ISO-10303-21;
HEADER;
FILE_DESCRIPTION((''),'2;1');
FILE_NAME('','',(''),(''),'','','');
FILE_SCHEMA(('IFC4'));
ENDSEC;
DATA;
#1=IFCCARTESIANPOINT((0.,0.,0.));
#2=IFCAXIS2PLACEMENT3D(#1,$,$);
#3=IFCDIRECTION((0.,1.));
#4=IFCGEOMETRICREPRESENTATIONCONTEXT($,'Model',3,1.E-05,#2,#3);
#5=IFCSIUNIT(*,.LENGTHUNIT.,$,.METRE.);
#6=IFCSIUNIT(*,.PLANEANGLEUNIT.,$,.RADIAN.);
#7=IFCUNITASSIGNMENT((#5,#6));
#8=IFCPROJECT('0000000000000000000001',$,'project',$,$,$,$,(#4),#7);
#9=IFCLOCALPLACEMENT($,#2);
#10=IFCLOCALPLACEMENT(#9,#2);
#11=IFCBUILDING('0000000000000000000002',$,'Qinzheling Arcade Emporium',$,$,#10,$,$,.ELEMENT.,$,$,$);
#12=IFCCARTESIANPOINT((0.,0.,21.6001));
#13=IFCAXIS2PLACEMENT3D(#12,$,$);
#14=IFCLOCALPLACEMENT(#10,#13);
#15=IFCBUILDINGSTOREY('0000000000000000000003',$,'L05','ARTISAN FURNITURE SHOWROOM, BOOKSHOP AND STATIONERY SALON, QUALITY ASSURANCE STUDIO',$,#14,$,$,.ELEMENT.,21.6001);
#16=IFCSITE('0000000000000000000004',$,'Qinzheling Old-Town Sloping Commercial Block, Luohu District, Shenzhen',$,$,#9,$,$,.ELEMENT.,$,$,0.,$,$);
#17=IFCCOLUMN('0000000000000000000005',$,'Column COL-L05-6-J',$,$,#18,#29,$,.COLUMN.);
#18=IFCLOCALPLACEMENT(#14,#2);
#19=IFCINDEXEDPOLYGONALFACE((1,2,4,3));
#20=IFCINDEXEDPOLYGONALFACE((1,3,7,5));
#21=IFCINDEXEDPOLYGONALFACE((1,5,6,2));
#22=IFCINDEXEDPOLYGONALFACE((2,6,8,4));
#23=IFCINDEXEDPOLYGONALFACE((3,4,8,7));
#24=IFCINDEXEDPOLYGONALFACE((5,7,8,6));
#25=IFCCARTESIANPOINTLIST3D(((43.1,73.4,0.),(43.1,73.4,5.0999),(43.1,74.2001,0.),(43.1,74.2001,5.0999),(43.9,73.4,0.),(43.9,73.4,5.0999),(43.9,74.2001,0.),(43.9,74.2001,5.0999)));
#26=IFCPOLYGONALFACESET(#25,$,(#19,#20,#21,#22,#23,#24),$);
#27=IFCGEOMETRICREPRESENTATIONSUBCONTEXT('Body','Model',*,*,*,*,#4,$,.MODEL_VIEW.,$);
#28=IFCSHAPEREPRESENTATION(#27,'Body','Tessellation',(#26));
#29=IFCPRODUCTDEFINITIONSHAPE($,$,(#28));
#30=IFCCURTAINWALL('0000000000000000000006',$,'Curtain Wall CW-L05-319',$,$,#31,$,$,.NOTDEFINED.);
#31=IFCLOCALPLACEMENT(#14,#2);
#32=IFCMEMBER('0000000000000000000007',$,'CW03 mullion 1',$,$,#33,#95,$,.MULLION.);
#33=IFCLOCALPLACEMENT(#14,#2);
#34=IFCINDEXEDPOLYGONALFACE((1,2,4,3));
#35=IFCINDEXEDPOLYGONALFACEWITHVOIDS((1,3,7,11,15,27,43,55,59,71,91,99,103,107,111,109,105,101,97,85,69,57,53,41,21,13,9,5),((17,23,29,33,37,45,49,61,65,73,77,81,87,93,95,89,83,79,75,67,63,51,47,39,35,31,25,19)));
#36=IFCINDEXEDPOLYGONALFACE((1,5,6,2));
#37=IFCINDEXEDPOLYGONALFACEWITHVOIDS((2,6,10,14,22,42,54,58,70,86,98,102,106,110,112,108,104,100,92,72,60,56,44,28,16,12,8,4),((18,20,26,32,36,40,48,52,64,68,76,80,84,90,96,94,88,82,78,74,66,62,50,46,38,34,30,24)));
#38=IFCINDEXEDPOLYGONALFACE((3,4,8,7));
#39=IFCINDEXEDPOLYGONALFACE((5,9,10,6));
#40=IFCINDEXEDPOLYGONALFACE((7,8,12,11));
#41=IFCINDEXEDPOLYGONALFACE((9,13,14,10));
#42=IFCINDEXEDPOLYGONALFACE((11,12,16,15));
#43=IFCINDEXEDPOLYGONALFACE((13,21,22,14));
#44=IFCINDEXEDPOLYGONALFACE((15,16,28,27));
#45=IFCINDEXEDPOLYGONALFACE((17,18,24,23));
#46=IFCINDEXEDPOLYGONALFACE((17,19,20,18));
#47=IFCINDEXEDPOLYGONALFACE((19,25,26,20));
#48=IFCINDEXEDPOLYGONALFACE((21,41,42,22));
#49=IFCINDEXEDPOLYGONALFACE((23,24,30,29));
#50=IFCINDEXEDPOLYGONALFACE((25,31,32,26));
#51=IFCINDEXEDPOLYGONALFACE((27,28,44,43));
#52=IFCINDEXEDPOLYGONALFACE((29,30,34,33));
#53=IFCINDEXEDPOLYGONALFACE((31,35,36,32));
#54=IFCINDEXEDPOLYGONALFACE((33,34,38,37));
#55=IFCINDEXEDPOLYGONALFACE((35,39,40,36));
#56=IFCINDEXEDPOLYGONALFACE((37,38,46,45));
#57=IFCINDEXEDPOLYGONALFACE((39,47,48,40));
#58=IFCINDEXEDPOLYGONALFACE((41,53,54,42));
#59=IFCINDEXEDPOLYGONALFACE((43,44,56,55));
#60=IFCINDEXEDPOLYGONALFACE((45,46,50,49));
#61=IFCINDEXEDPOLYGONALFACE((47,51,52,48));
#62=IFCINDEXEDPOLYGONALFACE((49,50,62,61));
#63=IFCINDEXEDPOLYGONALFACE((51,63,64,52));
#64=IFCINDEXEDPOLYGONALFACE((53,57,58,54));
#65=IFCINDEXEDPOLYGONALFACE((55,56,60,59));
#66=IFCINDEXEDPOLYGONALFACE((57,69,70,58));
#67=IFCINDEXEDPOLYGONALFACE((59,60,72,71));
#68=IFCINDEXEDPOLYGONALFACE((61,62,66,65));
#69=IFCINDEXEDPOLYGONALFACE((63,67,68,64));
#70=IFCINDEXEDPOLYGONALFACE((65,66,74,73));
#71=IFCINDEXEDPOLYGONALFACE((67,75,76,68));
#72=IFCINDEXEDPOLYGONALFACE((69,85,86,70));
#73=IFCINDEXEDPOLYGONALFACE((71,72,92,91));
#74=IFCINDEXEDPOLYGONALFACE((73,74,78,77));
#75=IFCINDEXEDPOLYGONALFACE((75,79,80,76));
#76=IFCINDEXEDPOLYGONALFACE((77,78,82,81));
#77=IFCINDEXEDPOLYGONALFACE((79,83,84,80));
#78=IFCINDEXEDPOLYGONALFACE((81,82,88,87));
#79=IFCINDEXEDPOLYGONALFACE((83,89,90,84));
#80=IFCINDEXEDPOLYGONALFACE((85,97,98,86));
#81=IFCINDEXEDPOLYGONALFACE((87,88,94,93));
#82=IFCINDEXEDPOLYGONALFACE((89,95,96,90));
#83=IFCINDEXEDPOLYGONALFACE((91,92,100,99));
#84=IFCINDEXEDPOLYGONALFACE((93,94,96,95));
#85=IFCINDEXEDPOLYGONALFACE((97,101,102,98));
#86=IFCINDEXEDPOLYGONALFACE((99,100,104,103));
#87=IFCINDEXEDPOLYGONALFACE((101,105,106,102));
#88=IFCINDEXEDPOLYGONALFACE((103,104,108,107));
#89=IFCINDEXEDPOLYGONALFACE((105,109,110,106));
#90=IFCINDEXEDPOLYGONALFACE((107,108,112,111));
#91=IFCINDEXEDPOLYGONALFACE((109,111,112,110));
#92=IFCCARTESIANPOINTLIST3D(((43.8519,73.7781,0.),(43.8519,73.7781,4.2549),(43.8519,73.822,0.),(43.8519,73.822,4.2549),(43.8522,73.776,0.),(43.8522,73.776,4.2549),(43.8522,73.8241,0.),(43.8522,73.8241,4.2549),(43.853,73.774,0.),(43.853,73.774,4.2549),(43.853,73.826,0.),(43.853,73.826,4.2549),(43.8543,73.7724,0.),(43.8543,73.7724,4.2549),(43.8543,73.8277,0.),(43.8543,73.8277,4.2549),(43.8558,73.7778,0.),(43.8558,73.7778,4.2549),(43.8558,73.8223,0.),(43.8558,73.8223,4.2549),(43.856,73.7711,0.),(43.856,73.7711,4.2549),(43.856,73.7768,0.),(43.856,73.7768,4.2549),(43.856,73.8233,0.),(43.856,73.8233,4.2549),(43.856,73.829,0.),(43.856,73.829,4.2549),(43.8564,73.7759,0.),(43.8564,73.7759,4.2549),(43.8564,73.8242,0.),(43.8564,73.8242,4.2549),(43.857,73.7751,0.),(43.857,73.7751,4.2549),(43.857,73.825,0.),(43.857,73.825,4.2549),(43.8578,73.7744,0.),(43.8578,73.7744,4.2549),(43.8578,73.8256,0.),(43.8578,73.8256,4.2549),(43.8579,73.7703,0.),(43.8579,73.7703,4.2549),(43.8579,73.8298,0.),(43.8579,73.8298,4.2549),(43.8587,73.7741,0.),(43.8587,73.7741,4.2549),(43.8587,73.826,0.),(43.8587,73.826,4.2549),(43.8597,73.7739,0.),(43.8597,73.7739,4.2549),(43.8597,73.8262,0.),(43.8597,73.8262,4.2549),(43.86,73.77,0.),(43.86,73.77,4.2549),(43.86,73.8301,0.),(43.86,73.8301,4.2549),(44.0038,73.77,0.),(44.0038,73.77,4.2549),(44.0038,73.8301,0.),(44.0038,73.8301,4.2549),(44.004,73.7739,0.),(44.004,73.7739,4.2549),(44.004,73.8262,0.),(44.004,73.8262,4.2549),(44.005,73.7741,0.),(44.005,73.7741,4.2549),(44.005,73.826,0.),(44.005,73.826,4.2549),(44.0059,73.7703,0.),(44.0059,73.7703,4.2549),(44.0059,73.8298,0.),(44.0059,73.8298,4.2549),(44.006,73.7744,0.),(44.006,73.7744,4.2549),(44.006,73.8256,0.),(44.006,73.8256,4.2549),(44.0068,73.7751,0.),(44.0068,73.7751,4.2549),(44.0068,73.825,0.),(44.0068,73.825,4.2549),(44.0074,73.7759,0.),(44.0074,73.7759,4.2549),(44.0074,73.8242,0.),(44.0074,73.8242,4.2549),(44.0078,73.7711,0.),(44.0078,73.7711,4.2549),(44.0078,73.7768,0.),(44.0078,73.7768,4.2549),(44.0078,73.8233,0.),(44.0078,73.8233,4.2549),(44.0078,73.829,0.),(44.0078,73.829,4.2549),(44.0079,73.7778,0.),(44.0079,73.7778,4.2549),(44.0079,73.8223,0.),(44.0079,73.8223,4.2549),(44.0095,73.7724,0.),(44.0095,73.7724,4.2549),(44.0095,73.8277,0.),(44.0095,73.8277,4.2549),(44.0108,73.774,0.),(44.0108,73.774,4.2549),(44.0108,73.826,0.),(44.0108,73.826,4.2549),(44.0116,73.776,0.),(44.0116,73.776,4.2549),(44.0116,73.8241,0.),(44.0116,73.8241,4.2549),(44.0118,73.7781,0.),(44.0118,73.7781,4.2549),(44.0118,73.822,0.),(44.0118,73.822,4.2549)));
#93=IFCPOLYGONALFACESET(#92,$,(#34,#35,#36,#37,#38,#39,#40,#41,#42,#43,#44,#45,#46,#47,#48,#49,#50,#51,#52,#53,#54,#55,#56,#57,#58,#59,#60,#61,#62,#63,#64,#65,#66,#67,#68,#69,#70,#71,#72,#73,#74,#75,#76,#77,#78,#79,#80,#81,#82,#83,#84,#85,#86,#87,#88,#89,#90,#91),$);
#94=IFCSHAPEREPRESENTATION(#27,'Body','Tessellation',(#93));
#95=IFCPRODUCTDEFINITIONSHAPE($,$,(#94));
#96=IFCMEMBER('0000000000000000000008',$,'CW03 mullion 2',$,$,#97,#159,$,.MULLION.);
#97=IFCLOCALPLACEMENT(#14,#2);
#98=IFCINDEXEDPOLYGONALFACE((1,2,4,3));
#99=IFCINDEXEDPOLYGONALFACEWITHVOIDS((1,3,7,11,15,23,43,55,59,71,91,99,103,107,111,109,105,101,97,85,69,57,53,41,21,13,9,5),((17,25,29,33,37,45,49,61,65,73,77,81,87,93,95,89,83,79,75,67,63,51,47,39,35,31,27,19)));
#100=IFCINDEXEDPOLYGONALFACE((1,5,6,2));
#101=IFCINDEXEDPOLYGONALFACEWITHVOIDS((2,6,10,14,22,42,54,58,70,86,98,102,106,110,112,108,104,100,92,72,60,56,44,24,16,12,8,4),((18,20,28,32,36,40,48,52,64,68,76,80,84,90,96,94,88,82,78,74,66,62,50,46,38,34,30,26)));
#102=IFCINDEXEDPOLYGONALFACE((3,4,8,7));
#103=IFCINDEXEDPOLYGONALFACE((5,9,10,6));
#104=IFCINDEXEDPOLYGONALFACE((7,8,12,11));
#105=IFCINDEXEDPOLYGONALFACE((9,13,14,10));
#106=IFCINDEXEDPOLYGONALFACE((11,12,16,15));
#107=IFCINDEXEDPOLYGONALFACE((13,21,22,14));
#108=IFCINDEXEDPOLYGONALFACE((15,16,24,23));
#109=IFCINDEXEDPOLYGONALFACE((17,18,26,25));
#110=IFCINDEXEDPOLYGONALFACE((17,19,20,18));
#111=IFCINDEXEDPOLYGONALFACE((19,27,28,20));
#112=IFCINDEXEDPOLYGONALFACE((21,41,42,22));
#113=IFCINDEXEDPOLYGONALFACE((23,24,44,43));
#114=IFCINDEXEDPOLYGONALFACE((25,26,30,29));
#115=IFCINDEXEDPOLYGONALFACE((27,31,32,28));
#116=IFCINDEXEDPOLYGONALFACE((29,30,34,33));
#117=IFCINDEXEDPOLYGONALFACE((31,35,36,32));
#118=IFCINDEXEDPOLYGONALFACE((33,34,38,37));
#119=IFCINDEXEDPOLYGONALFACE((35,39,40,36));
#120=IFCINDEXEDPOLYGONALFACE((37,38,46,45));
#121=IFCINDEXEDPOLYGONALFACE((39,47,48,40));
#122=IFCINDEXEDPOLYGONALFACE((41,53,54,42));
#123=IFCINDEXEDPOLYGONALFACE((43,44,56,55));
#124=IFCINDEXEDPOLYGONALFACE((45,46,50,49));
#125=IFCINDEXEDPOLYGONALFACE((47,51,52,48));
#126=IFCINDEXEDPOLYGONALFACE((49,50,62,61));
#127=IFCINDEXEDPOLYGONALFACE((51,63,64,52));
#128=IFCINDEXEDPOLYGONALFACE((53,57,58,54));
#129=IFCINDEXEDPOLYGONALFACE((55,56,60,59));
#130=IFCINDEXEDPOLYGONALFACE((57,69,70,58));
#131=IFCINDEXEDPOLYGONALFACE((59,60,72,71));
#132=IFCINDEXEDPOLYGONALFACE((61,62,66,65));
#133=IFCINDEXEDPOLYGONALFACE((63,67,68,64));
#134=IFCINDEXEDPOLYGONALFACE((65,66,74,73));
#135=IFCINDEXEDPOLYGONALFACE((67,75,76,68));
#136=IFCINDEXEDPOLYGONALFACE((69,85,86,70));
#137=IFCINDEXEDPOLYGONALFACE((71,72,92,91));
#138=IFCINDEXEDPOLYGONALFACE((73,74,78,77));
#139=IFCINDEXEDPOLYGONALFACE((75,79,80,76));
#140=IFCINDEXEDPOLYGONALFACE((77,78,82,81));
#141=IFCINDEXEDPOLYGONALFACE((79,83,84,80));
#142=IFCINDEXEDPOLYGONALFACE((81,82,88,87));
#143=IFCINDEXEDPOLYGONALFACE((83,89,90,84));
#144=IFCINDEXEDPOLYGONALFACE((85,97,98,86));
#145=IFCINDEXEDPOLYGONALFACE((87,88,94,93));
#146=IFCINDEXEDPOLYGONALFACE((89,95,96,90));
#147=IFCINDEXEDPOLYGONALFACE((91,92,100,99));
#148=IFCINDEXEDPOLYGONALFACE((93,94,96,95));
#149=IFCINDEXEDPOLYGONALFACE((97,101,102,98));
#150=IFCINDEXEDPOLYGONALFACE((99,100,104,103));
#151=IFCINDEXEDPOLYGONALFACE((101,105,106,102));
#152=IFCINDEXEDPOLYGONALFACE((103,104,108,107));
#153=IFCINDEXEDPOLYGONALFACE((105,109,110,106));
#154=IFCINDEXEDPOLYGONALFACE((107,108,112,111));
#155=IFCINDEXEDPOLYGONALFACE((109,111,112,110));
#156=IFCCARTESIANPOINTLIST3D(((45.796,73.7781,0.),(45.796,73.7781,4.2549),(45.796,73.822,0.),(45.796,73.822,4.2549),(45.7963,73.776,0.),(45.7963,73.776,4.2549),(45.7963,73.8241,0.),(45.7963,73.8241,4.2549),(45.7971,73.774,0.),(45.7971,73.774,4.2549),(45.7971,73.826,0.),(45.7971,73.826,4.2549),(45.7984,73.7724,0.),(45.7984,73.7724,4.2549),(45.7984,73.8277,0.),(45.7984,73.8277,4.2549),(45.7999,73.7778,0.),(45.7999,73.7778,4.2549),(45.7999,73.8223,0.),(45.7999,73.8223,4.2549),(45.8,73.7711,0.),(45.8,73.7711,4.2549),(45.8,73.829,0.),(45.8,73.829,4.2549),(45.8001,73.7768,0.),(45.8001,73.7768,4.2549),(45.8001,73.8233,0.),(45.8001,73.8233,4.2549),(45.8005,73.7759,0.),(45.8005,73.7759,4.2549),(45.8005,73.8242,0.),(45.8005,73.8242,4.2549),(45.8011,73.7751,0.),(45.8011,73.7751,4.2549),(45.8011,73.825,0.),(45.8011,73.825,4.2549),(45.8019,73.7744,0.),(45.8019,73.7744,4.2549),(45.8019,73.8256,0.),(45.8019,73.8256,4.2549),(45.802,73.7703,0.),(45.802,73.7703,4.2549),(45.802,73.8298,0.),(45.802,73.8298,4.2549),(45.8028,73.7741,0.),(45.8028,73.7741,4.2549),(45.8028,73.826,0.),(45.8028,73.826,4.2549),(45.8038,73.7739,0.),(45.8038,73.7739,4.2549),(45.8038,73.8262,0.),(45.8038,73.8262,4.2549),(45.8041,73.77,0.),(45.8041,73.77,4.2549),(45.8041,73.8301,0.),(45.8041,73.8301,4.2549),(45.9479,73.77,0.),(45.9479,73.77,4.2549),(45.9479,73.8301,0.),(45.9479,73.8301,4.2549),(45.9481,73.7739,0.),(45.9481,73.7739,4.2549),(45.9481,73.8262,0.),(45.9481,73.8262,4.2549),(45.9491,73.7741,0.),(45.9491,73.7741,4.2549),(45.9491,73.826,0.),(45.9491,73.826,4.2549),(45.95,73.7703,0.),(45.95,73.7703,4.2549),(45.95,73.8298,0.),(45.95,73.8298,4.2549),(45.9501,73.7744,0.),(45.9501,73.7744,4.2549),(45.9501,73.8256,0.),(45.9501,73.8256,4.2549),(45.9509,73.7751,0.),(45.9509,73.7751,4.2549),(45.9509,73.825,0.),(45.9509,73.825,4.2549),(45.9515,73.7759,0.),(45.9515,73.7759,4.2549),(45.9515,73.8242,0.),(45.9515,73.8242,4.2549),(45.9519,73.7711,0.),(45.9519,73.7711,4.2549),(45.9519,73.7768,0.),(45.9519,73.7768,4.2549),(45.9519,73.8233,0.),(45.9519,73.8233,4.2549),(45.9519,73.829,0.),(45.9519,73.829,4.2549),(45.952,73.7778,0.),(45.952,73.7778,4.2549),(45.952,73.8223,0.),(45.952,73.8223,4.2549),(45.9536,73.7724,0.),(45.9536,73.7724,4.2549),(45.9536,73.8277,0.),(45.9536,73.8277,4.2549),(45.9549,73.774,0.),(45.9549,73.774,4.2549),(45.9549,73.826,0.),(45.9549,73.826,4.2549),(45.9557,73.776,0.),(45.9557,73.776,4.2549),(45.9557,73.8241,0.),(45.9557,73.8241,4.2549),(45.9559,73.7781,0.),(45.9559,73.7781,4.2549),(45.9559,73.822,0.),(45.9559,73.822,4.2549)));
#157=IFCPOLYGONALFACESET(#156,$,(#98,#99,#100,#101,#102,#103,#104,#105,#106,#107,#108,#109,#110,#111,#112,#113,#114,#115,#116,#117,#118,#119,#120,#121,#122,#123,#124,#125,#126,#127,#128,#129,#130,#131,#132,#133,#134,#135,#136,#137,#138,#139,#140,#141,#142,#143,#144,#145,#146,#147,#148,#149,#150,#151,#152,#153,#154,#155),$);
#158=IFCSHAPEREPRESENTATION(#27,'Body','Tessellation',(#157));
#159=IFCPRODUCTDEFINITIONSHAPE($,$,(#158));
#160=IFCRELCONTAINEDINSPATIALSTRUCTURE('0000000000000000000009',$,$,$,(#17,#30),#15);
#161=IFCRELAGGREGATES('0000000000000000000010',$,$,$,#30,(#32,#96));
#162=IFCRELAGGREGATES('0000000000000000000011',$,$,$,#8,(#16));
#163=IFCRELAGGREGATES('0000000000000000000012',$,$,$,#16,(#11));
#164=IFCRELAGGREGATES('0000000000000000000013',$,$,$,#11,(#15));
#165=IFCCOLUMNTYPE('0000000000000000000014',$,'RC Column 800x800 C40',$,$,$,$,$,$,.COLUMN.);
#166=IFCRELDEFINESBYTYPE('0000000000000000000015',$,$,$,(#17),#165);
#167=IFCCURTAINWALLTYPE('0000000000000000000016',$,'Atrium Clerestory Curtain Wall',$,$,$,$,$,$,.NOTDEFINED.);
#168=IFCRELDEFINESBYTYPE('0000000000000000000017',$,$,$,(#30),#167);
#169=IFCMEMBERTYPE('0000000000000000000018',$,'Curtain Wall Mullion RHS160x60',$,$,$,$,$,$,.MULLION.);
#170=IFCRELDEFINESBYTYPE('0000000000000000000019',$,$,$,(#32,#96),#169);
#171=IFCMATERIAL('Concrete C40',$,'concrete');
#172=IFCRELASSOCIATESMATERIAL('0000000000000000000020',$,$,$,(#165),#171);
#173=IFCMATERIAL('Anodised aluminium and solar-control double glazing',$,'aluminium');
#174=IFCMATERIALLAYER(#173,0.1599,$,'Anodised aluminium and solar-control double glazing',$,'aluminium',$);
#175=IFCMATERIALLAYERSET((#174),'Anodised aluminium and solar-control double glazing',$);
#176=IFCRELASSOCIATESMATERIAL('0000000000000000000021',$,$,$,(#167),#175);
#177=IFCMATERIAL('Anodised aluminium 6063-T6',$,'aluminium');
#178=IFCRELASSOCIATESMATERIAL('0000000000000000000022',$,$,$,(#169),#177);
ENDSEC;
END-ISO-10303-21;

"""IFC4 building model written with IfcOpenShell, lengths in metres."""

from ifc_helpers import new_model, si_unit, direction, frame, origin, origin_2d, place, context, subcontext, project, spatial, rectangle, hollow_rectangle, extrude, material, layer, layer_set, material_profile, profile_set, type_object, element, aggregate, save


model = new_model("IFC4")

# Units and contexts
model_context = context("Model", 3, precision=1e-05, world=origin(), true_north=direction((0.0, 1.0)))
body_context = subcontext(model_context, "Body", "Model", "MODEL_VIEW")
ifc_project = project(units=[si_unit("LENGTHUNIT", "METRE"), si_unit("PLANEANGLEUNIT", "RADIAN")], contexts=[model_context])

# Site, building, storey
site_placement = place(None, origin())
site = spatial("IfcSite", under=ifc_project, at=site_placement, Name="Qinzheling Old-Town Sloping Commercial Block, Luohu District, Shenzhen", CompositionType="ELEMENT", RefElevation=0.0)
building_placement = place(site_placement, origin())
building = spatial("IfcBuilding", under=site, at=building_placement, Name="Qinzheling Arcade Emporium", CompositionType="ELEMENT")
storey_placement = place(building_placement, frame((0.0, 0.0, 21.6001)))
storey = spatial("IfcBuildingStorey", under=building, at=storey_placement, Name="L05", Description="ARTISAN FURNITURE SHOWROOM, BOOKSHOP AND STATIONERY SALON, QUALITY ASSURANCE STUDIO", CompositionType="ELEMENT", Elevation=21.6001)

# Column
ifc_material_1 = material(Name="Concrete C40", Category="concrete")
ifc_material_profile_1 = material_profile(ifc_material_1, rectangle(XDim=0.8, YDim=0.8, at=origin_2d()), Name="RC 800x800", Category="concrete")
ifc_profile_set_1 = profile_set([ifc_material_profile_1], Name="Concrete C40")
column_type = type_object("IfcColumnType", Name="RC Column 800x800 C40", PredefinedType="COLUMN", material=ifc_profile_set_1)
column_placement = place(storey_placement, frame((43.5, 73.8, 0.0), z_axis=(0.0, 0.0, 1.0), x_axis=(1.0, 0.0, 0.0)))
element("IfcColumn", 1, at=column_placement, inside=storey, type_object=column_type, Name="Column COL-L05-6-J", PredefinedType="COLUMN", context=body_context, shape_type="SweptSolid", body=[
    extrude(rectangle(XDim=0.8, YDim=0.8, at=origin_2d()), origin(), (0.0, 0.0, 1.0), 5.0999),
])

# Curtain wall, members
ifc_material_2 = material(Name="Anodised aluminium and solar-control double glazing", Category="aluminium")
ifc_layer_1 = layer(ifc_material_2, 0.1599, Name="Anodised aluminium and solar-control double glazing", Category="aluminium")
ifc_layer_set_1 = layer_set([ifc_layer_1], Name="Anodised aluminium and solar-control double glazing")
curtain_wall_type = type_object("IfcCurtainWallType", Name="Atrium Clerestory Curtain Wall", PredefinedType="NOTDEFINED", material=ifc_layer_set_1)
curtain_wall_placement = place(storey_placement, origin())
curtain_wall = element("IfcCurtainWall", 2, at=curtain_wall_placement, inside=storey, type_object=curtain_wall_type, Name="Curtain Wall CW-L05-319", PredefinedType="NOTDEFINED")
ifc_material_3 = material(Name="Anodised aluminium 6063-T6", Category="aluminium")
ifc_material_profile_2 = material_profile(ifc_material_3, hollow_rectangle(XDim=0.0601, YDim=0.1599, WallThickness=0.0039, InnerFilletRadius=0.0039, OuterFilletRadius=0.0081, at=origin_2d()), Name="RHS 160x60x4", Category="aluminium")
ifc_profile_set_2 = profile_set([ifc_material_profile_2], Name="Anodised aluminium 6063-T6")
member_type_1 = type_object("IfcMemberType", Name="Curtain Wall Mullion RHS160x60", PredefinedType="MULLION", material=ifc_profile_set_2)
member_1_placement = place(storey_placement, frame((43.9319, 73.8, 0.0), z_axis=(0.0, 0.0, 1.0), x_axis=(0.0, 1.0, 0.0)))
member_1 = element("IfcMember", 3, at=member_1_placement, type_object=member_type_1, Name="CW03 mullion 1", PredefinedType="MULLION", context=body_context, shape_type="SweptSolid", body=[
    extrude(hollow_rectangle(XDim=0.0601, YDim=0.1599, WallThickness=0.0039, InnerFilletRadius=0.0039, OuterFilletRadius=0.0081, at=origin_2d()), origin(), (0.0, 0.0, 1.0), 4.2549),
])
member_2_placement = place(storey_placement, frame((45.876, 73.8, 0.0), z_axis=(0.0, 0.0, 1.0), x_axis=(0.0, 1.0, 0.0)))
member_2 = element("IfcMember", 4, at=member_2_placement, type_object=member_type_1, Name="CW03 mullion 2", PredefinedType="MULLION", context=body_context, shape_type="SweptSolid", body=[
    extrude(hollow_rectangle(XDim=0.0601, YDim=0.1599, WallThickness=0.0039, InnerFilletRadius=0.0039, OuterFilletRadius=0.0081, at=origin_2d()), origin(), (0.0, 0.0, 1.0), 4.2549),
])

aggregate(curtain_wall, [member_1, member_2])

save(model, "model.ifc")
